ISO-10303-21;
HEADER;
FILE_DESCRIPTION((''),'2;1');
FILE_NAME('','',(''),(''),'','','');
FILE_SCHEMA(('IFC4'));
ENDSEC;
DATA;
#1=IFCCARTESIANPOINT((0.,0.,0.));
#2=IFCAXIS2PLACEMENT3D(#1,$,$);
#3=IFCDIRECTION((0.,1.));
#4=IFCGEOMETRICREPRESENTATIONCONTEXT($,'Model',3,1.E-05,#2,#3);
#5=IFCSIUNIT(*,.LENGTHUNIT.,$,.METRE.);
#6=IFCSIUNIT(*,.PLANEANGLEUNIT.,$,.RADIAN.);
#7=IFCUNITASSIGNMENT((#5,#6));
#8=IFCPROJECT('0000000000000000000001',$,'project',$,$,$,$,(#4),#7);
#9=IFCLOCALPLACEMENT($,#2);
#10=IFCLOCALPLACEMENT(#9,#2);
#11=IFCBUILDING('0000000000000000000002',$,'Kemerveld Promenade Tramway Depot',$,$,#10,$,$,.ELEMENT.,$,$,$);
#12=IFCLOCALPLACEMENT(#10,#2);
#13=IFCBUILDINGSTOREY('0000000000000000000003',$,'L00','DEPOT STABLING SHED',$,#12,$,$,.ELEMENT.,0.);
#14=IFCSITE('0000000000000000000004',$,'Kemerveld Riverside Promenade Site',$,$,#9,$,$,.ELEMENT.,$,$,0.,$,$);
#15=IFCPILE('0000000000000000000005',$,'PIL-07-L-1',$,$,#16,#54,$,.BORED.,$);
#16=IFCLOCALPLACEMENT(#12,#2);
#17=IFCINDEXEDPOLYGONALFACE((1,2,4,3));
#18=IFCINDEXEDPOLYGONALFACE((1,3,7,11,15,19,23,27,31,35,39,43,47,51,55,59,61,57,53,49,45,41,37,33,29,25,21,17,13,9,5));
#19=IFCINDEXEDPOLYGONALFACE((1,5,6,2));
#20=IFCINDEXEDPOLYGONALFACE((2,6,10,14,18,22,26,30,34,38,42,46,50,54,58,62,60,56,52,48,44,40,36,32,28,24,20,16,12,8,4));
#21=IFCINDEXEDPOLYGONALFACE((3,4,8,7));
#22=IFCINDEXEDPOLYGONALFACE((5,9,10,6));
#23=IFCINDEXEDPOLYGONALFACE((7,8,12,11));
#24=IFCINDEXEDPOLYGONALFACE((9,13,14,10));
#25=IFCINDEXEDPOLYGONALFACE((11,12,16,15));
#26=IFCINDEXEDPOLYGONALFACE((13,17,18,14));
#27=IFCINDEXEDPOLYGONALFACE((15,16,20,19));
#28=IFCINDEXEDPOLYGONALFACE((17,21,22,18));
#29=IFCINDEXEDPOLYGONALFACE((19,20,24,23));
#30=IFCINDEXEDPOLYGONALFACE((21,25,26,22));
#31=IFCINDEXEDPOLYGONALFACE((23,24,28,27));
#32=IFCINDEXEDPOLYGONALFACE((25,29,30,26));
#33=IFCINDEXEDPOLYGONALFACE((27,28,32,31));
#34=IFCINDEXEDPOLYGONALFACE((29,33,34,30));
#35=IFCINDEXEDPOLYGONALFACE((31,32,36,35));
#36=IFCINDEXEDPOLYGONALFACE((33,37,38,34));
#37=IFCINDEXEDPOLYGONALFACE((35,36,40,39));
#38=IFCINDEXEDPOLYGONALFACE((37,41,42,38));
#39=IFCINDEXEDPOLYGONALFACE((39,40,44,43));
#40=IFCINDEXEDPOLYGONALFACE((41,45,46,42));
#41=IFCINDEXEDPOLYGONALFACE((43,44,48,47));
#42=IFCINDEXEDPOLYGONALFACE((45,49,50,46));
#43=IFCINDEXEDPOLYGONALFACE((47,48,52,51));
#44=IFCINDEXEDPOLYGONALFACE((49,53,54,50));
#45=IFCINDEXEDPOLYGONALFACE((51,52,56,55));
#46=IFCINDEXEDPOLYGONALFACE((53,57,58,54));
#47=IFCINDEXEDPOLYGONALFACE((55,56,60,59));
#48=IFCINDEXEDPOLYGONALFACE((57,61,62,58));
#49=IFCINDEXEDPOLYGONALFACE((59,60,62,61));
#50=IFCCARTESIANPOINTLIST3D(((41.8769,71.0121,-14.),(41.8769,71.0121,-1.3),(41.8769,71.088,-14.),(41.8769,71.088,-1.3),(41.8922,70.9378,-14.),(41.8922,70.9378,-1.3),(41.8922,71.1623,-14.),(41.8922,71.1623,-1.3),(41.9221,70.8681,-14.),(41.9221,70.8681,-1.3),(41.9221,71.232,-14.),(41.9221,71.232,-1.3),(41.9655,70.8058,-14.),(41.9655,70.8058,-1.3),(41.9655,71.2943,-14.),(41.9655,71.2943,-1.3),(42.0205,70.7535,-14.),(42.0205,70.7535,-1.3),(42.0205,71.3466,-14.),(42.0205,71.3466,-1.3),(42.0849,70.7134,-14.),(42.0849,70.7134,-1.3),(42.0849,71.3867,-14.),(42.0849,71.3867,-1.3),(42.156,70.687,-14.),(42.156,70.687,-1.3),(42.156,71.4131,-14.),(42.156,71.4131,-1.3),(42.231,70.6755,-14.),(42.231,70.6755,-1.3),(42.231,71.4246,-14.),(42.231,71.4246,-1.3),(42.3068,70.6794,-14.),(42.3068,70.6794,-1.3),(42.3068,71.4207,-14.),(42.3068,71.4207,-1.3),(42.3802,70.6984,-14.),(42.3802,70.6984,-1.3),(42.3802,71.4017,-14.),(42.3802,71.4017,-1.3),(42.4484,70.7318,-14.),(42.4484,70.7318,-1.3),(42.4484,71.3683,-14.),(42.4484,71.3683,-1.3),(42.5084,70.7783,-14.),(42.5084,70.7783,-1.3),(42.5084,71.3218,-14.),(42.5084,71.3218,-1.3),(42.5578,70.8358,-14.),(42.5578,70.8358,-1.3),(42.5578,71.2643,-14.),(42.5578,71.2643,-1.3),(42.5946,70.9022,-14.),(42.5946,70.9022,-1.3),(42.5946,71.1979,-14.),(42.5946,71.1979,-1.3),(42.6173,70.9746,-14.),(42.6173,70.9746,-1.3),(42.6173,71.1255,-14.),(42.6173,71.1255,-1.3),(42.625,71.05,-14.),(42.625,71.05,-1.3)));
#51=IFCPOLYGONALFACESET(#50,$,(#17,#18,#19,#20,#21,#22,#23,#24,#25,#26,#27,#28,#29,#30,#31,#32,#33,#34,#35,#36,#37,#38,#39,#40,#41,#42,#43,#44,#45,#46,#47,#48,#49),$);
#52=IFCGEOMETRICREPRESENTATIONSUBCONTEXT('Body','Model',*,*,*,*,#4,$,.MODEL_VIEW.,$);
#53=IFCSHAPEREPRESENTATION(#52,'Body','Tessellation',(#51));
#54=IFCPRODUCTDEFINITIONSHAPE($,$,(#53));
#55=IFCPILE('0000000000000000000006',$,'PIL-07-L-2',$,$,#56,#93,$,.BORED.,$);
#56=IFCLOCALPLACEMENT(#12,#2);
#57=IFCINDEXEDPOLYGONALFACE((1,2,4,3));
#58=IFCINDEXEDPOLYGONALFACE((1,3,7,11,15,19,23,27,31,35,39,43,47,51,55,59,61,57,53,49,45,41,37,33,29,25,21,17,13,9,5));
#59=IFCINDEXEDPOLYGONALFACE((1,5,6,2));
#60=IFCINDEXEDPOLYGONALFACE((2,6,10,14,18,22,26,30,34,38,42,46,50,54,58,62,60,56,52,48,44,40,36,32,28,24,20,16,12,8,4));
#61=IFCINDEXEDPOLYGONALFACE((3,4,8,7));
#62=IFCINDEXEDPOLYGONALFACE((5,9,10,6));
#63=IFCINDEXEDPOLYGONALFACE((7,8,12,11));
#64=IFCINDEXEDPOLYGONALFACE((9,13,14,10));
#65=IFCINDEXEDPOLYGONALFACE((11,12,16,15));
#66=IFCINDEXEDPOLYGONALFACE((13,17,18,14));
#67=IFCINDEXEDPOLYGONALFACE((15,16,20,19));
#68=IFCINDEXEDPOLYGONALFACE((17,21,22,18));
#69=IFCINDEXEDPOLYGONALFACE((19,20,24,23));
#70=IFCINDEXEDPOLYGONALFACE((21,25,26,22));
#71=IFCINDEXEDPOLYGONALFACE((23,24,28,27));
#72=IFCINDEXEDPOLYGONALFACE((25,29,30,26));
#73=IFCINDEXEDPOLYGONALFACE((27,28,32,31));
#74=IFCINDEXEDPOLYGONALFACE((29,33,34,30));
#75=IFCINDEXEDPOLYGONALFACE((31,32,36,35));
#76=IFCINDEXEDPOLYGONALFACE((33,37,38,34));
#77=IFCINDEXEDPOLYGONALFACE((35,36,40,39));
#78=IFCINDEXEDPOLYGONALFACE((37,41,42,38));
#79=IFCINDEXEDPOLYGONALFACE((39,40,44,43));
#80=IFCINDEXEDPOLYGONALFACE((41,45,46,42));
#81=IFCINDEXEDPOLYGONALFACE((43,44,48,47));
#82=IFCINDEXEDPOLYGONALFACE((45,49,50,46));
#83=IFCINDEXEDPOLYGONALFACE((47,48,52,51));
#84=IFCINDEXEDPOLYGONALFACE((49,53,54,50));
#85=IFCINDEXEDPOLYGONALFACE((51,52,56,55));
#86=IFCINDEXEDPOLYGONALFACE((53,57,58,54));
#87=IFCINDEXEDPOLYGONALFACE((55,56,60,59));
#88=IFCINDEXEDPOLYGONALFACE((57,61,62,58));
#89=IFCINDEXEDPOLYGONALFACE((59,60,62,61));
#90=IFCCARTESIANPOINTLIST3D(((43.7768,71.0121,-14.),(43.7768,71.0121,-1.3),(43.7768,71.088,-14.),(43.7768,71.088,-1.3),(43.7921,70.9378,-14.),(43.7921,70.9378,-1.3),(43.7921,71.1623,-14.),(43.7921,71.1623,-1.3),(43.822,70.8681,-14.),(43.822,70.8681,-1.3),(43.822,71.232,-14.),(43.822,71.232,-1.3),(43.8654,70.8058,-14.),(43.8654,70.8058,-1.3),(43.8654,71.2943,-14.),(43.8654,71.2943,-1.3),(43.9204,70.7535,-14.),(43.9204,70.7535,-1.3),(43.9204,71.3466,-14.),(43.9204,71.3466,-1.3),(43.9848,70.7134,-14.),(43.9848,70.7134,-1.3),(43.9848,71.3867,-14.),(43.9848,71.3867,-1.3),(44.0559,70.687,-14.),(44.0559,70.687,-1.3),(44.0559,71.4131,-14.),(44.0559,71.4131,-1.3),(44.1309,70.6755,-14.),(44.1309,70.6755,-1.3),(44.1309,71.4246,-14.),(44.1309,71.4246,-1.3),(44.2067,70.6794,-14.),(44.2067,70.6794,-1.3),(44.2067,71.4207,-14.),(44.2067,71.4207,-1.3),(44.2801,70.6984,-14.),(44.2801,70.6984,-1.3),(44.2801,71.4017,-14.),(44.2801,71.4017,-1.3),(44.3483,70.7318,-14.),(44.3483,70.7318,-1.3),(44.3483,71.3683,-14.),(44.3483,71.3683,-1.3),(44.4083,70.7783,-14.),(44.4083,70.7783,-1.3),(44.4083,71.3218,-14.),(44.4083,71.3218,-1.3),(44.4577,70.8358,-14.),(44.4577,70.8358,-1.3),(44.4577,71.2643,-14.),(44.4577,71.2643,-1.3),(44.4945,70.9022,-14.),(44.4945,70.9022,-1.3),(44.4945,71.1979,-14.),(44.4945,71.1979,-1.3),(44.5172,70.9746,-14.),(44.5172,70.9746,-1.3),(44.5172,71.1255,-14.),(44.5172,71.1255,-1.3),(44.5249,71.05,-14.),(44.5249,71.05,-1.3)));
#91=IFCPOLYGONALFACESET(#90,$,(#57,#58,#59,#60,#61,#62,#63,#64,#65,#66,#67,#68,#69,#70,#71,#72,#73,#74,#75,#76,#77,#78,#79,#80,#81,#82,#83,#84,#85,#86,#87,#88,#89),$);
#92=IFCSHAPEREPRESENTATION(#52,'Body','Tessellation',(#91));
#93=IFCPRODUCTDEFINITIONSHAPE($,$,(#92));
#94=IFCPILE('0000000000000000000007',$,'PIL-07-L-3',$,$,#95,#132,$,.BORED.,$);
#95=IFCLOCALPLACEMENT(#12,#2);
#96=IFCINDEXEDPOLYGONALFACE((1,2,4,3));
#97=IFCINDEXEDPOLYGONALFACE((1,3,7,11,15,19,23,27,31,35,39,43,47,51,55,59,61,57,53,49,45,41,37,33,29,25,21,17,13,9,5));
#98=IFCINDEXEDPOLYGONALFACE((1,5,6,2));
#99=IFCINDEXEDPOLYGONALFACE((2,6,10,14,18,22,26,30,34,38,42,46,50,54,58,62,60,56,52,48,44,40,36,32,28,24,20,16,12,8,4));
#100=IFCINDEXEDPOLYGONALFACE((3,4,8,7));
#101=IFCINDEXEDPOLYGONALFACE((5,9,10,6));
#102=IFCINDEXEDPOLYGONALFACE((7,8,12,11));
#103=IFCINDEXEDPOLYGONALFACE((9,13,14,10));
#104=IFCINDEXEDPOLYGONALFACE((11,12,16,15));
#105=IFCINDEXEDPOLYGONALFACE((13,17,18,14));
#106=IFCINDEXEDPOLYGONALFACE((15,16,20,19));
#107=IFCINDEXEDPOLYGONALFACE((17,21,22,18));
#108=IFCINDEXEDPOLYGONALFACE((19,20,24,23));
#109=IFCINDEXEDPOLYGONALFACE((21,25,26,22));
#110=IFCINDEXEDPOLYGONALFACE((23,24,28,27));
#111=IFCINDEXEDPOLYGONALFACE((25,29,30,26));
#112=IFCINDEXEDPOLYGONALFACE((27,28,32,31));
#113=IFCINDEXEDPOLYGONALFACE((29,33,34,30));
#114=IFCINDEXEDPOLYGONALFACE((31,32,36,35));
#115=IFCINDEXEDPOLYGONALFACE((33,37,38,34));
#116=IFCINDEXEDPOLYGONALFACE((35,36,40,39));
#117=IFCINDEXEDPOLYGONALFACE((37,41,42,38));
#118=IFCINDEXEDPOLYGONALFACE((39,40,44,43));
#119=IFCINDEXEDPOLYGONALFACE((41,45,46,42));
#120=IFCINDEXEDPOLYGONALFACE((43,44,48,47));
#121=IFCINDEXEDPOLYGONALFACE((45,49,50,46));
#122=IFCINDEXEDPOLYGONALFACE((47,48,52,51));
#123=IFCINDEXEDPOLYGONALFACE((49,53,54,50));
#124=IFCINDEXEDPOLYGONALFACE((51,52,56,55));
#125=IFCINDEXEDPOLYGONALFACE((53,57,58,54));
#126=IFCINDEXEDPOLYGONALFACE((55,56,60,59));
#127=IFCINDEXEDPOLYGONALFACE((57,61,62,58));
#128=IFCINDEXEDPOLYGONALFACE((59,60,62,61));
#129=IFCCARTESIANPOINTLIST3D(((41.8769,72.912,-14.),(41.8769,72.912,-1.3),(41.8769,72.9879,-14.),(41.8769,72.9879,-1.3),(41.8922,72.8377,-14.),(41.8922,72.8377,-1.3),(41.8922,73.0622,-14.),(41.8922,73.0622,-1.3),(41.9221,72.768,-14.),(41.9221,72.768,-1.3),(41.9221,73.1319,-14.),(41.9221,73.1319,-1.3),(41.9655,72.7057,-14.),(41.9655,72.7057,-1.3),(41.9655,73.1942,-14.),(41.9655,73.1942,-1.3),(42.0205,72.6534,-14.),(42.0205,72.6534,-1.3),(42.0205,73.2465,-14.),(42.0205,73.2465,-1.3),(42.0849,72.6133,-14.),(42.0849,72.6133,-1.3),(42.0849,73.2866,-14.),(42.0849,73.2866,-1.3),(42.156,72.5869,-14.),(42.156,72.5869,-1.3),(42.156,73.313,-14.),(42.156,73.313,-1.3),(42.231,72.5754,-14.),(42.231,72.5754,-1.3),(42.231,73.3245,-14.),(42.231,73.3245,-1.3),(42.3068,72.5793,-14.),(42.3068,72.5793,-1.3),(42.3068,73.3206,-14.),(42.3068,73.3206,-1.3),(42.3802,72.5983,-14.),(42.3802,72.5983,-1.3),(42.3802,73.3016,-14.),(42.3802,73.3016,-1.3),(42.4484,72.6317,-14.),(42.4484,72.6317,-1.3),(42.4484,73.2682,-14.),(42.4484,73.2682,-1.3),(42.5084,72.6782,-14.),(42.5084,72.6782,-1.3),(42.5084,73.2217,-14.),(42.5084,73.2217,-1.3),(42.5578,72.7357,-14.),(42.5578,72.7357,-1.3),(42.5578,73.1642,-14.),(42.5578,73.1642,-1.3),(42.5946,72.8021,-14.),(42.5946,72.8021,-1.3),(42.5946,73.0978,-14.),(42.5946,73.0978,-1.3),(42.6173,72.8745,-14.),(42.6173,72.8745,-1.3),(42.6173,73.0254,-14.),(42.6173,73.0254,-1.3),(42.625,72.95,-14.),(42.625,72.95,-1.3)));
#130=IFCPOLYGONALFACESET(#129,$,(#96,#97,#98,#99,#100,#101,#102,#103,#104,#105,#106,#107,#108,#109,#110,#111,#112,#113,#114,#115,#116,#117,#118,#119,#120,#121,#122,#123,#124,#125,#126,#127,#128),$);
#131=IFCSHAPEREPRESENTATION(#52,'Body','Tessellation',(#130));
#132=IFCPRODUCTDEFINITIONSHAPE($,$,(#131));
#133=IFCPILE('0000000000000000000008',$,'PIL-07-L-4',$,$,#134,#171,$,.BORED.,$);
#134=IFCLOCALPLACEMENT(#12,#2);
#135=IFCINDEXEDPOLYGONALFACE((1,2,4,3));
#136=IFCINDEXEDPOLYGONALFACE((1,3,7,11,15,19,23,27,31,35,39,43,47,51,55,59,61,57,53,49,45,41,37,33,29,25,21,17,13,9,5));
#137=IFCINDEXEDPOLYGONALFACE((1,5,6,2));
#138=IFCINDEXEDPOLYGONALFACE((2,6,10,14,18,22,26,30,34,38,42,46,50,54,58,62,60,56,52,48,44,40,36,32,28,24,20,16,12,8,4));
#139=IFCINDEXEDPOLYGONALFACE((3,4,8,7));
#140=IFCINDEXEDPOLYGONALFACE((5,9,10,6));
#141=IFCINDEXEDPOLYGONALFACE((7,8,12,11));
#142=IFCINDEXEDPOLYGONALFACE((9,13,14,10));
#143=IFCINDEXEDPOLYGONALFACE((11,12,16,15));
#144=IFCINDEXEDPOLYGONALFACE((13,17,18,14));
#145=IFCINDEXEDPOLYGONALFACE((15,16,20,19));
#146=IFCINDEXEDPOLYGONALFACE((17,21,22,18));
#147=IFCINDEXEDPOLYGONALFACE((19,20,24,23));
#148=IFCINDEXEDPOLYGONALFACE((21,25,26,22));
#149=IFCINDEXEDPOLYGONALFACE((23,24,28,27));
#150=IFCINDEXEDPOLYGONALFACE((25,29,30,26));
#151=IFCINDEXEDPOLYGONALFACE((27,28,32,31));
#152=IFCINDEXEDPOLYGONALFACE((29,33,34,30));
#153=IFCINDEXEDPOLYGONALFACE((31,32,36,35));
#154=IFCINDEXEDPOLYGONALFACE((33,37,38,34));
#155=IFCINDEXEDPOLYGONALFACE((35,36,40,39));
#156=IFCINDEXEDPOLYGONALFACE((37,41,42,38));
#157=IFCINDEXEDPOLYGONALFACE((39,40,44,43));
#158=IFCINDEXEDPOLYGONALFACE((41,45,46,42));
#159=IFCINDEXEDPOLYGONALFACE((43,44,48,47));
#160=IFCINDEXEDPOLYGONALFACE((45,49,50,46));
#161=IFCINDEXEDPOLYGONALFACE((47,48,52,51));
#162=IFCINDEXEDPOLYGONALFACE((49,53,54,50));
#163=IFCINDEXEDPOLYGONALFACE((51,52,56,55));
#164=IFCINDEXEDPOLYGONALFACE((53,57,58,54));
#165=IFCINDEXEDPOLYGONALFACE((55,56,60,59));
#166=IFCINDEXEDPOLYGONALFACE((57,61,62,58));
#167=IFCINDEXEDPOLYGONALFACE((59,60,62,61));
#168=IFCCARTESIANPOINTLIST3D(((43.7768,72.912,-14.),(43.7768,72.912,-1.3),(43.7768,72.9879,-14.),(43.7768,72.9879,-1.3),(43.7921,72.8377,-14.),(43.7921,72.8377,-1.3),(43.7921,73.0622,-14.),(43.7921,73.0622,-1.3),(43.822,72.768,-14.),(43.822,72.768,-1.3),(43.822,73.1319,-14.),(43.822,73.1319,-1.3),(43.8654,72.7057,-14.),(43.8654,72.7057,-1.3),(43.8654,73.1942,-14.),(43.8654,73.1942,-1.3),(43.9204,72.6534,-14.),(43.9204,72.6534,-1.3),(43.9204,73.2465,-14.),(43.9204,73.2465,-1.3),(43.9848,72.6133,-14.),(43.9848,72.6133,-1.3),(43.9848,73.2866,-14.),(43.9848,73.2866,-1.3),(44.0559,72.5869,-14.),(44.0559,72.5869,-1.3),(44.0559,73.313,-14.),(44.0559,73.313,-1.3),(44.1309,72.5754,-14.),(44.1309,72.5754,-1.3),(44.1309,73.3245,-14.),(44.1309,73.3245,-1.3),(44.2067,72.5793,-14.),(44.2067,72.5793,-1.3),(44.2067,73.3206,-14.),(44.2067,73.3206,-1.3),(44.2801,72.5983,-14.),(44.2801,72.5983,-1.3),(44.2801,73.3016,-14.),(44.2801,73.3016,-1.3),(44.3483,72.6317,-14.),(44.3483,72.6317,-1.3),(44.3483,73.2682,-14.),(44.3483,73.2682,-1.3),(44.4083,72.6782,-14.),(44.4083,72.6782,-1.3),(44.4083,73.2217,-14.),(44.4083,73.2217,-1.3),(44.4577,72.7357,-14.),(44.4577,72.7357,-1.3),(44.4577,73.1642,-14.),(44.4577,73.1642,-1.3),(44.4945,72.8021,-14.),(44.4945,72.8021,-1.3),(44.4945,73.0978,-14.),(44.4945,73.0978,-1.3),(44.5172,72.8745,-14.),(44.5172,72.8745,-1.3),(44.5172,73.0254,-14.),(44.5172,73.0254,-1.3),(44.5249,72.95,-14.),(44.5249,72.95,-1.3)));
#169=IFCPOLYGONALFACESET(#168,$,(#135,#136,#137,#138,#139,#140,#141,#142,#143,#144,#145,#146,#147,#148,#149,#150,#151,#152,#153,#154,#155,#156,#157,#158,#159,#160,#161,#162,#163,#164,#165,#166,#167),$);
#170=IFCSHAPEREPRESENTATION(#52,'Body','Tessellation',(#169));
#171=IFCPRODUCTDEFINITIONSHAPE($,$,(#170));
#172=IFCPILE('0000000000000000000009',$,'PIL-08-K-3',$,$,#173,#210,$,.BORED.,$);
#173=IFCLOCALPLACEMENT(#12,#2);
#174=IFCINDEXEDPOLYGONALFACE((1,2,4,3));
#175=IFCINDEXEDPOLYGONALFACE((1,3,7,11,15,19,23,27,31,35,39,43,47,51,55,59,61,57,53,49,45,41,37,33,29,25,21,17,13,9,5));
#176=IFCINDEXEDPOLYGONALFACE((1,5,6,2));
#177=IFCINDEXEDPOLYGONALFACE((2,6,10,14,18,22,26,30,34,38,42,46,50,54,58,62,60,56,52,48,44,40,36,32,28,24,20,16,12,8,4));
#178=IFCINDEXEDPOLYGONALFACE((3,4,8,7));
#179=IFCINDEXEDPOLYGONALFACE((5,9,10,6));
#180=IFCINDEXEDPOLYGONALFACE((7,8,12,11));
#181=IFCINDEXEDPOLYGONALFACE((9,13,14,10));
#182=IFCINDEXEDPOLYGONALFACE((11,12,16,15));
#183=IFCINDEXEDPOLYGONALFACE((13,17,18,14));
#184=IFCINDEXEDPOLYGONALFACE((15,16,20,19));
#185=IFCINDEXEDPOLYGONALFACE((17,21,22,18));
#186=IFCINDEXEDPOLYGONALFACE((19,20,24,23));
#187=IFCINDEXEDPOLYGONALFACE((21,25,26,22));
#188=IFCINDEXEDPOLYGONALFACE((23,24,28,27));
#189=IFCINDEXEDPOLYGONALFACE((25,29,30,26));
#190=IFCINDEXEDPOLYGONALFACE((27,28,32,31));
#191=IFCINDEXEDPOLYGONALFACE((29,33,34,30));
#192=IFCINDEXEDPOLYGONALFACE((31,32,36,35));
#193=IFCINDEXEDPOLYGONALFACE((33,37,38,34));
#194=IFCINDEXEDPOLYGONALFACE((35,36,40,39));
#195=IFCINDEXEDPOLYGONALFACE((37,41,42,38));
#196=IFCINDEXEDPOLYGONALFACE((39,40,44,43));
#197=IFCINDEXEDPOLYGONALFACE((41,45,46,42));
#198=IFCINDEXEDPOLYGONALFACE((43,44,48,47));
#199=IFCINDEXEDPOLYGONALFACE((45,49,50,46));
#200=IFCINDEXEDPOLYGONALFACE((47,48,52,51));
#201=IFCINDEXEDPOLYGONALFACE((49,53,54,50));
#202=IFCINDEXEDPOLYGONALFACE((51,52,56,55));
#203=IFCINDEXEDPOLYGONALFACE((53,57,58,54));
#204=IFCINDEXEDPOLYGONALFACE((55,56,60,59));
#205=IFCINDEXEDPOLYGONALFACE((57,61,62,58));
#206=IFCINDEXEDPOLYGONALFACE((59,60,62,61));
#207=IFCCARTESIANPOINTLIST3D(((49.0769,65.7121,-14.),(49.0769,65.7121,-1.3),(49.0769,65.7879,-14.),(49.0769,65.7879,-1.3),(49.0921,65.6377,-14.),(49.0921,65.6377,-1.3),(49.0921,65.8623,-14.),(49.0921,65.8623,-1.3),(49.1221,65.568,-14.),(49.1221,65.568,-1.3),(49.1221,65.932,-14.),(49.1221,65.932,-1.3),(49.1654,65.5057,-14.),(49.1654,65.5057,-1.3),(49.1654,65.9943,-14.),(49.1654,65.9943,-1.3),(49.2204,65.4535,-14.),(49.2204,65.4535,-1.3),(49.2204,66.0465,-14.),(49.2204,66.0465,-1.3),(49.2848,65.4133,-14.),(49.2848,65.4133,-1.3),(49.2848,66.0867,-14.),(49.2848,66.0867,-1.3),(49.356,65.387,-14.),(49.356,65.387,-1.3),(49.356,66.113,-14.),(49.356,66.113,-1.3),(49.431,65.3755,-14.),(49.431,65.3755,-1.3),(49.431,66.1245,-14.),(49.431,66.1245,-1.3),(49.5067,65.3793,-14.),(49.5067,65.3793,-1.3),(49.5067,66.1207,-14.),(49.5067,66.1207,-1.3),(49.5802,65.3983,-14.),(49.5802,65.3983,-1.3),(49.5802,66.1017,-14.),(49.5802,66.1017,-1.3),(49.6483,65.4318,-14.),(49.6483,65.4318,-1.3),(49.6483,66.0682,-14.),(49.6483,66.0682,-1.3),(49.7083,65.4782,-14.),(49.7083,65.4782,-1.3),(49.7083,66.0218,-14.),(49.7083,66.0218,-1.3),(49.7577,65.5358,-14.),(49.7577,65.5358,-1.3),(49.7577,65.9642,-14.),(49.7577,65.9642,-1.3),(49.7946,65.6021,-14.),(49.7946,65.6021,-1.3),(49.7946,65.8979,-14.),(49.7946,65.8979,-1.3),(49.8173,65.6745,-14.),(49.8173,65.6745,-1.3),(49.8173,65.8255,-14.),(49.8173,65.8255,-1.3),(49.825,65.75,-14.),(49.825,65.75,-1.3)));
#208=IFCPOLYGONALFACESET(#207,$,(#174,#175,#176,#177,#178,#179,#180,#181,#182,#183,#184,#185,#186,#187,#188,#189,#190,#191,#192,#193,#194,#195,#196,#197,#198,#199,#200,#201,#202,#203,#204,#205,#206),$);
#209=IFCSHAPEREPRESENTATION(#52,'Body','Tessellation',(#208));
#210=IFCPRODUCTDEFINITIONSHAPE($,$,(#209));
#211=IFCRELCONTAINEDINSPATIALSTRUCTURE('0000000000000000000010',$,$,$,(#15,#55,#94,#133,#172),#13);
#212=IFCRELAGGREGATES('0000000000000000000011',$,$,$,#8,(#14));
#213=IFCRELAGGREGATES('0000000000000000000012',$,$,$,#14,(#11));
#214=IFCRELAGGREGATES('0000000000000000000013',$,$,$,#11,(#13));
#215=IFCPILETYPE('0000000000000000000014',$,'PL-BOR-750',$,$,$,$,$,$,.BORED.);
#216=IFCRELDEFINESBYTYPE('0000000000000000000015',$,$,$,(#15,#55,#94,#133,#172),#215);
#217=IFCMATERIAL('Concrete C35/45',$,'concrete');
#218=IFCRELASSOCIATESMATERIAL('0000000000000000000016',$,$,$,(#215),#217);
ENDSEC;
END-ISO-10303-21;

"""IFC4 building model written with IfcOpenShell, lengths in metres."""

from ifc_helpers import new_model, si_unit, direction, frame, origin, origin_2d, place, context, subcontext, project, spatial, circle, extrude, material, material_profile, profile_set, type_object, element, save


model = new_model("IFC4")

# Units and contexts
model_context = context("Model", 3, precision=1e-05, world=origin(), true_north=direction((0.0, 1.0)))
body_context = subcontext(model_context, "Body", "Model", "MODEL_VIEW")
ifc_project = project(units=[si_unit("LENGTHUNIT", "METRE"), si_unit("PLANEANGLEUNIT", "RADIAN")], contexts=[model_context])

# Site, building, storey
site_placement = place(None, origin())
site = spatial("IfcSite", under=ifc_project, at=site_placement, Name="Kemerveld Riverside Promenade Site", CompositionType="ELEMENT", RefElevation=0.0)
building_placement = place(site_placement, origin())
building = spatial("IfcBuilding", under=site, at=building_placement, Name="Kemerveld Promenade Tramway Depot", CompositionType="ELEMENT")
storey_placement = place(building_placement, origin())
storey = spatial("IfcBuildingStorey", under=building, at=storey_placement, Name="L00", Description="DEPOT STABLING SHED", CompositionType="ELEMENT", Elevation=0.0)

# Shared definitions
ifc_material_1 = material(Name="Concrete C35/45", Category="concrete")

# Piles
ifc_material_profile_1 = material_profile(ifc_material_1, circle(Radius=0.375, at=origin_2d()), Name="PILE-D750")
ifc_profile_set_1 = profile_set([ifc_material_profile_1], Name="Concrete C35/45")
pile_type = type_object("IfcPileType", Name="PL-BOR-750", PredefinedType="BORED", material=ifc_profile_set_1)
for number, where, z_axis, x_axis, name in (
    (1, (42.25, 71.05, -1.3), (0.0, 0.0, -1.0), (1.0, 0.0, 0.0), "PIL-07-L-1"),
    (2, (44.1499, 71.05, -1.3), (0.0, 0.0, -1.0), (1.0, 0.0, 0.0), "PIL-07-L-2"),
    (3, (42.25, 72.95, -1.3), (0.0, 0.0, -1.0), (1.0, 0.0, 0.0), "PIL-07-L-3"),
    (4, (44.1499, 72.95, -1.3), (0.0, 0.0, -1.0), (1.0, 0.0, 0.0), "PIL-07-L-4"),
    (5, (49.45, 65.75, -1.3), (0.0, 0.0, -1.0), (1.0, 0.0, 0.0), "PIL-08-K-3"),
):
    element("IfcPile", number, at=place(storey_placement, frame(where, z_axis=z_axis, x_axis=x_axis)), inside=storey, type_object=pile_type, Name=name, PredefinedType="BORED", context=body_context, shape_type="SweptSolid", body=[
        extrude(circle(Radius=0.375, at=origin_2d()), origin(), (0.0, 0.0, 1.0), 12.7),
    ])

save(model, "model.ifc")
